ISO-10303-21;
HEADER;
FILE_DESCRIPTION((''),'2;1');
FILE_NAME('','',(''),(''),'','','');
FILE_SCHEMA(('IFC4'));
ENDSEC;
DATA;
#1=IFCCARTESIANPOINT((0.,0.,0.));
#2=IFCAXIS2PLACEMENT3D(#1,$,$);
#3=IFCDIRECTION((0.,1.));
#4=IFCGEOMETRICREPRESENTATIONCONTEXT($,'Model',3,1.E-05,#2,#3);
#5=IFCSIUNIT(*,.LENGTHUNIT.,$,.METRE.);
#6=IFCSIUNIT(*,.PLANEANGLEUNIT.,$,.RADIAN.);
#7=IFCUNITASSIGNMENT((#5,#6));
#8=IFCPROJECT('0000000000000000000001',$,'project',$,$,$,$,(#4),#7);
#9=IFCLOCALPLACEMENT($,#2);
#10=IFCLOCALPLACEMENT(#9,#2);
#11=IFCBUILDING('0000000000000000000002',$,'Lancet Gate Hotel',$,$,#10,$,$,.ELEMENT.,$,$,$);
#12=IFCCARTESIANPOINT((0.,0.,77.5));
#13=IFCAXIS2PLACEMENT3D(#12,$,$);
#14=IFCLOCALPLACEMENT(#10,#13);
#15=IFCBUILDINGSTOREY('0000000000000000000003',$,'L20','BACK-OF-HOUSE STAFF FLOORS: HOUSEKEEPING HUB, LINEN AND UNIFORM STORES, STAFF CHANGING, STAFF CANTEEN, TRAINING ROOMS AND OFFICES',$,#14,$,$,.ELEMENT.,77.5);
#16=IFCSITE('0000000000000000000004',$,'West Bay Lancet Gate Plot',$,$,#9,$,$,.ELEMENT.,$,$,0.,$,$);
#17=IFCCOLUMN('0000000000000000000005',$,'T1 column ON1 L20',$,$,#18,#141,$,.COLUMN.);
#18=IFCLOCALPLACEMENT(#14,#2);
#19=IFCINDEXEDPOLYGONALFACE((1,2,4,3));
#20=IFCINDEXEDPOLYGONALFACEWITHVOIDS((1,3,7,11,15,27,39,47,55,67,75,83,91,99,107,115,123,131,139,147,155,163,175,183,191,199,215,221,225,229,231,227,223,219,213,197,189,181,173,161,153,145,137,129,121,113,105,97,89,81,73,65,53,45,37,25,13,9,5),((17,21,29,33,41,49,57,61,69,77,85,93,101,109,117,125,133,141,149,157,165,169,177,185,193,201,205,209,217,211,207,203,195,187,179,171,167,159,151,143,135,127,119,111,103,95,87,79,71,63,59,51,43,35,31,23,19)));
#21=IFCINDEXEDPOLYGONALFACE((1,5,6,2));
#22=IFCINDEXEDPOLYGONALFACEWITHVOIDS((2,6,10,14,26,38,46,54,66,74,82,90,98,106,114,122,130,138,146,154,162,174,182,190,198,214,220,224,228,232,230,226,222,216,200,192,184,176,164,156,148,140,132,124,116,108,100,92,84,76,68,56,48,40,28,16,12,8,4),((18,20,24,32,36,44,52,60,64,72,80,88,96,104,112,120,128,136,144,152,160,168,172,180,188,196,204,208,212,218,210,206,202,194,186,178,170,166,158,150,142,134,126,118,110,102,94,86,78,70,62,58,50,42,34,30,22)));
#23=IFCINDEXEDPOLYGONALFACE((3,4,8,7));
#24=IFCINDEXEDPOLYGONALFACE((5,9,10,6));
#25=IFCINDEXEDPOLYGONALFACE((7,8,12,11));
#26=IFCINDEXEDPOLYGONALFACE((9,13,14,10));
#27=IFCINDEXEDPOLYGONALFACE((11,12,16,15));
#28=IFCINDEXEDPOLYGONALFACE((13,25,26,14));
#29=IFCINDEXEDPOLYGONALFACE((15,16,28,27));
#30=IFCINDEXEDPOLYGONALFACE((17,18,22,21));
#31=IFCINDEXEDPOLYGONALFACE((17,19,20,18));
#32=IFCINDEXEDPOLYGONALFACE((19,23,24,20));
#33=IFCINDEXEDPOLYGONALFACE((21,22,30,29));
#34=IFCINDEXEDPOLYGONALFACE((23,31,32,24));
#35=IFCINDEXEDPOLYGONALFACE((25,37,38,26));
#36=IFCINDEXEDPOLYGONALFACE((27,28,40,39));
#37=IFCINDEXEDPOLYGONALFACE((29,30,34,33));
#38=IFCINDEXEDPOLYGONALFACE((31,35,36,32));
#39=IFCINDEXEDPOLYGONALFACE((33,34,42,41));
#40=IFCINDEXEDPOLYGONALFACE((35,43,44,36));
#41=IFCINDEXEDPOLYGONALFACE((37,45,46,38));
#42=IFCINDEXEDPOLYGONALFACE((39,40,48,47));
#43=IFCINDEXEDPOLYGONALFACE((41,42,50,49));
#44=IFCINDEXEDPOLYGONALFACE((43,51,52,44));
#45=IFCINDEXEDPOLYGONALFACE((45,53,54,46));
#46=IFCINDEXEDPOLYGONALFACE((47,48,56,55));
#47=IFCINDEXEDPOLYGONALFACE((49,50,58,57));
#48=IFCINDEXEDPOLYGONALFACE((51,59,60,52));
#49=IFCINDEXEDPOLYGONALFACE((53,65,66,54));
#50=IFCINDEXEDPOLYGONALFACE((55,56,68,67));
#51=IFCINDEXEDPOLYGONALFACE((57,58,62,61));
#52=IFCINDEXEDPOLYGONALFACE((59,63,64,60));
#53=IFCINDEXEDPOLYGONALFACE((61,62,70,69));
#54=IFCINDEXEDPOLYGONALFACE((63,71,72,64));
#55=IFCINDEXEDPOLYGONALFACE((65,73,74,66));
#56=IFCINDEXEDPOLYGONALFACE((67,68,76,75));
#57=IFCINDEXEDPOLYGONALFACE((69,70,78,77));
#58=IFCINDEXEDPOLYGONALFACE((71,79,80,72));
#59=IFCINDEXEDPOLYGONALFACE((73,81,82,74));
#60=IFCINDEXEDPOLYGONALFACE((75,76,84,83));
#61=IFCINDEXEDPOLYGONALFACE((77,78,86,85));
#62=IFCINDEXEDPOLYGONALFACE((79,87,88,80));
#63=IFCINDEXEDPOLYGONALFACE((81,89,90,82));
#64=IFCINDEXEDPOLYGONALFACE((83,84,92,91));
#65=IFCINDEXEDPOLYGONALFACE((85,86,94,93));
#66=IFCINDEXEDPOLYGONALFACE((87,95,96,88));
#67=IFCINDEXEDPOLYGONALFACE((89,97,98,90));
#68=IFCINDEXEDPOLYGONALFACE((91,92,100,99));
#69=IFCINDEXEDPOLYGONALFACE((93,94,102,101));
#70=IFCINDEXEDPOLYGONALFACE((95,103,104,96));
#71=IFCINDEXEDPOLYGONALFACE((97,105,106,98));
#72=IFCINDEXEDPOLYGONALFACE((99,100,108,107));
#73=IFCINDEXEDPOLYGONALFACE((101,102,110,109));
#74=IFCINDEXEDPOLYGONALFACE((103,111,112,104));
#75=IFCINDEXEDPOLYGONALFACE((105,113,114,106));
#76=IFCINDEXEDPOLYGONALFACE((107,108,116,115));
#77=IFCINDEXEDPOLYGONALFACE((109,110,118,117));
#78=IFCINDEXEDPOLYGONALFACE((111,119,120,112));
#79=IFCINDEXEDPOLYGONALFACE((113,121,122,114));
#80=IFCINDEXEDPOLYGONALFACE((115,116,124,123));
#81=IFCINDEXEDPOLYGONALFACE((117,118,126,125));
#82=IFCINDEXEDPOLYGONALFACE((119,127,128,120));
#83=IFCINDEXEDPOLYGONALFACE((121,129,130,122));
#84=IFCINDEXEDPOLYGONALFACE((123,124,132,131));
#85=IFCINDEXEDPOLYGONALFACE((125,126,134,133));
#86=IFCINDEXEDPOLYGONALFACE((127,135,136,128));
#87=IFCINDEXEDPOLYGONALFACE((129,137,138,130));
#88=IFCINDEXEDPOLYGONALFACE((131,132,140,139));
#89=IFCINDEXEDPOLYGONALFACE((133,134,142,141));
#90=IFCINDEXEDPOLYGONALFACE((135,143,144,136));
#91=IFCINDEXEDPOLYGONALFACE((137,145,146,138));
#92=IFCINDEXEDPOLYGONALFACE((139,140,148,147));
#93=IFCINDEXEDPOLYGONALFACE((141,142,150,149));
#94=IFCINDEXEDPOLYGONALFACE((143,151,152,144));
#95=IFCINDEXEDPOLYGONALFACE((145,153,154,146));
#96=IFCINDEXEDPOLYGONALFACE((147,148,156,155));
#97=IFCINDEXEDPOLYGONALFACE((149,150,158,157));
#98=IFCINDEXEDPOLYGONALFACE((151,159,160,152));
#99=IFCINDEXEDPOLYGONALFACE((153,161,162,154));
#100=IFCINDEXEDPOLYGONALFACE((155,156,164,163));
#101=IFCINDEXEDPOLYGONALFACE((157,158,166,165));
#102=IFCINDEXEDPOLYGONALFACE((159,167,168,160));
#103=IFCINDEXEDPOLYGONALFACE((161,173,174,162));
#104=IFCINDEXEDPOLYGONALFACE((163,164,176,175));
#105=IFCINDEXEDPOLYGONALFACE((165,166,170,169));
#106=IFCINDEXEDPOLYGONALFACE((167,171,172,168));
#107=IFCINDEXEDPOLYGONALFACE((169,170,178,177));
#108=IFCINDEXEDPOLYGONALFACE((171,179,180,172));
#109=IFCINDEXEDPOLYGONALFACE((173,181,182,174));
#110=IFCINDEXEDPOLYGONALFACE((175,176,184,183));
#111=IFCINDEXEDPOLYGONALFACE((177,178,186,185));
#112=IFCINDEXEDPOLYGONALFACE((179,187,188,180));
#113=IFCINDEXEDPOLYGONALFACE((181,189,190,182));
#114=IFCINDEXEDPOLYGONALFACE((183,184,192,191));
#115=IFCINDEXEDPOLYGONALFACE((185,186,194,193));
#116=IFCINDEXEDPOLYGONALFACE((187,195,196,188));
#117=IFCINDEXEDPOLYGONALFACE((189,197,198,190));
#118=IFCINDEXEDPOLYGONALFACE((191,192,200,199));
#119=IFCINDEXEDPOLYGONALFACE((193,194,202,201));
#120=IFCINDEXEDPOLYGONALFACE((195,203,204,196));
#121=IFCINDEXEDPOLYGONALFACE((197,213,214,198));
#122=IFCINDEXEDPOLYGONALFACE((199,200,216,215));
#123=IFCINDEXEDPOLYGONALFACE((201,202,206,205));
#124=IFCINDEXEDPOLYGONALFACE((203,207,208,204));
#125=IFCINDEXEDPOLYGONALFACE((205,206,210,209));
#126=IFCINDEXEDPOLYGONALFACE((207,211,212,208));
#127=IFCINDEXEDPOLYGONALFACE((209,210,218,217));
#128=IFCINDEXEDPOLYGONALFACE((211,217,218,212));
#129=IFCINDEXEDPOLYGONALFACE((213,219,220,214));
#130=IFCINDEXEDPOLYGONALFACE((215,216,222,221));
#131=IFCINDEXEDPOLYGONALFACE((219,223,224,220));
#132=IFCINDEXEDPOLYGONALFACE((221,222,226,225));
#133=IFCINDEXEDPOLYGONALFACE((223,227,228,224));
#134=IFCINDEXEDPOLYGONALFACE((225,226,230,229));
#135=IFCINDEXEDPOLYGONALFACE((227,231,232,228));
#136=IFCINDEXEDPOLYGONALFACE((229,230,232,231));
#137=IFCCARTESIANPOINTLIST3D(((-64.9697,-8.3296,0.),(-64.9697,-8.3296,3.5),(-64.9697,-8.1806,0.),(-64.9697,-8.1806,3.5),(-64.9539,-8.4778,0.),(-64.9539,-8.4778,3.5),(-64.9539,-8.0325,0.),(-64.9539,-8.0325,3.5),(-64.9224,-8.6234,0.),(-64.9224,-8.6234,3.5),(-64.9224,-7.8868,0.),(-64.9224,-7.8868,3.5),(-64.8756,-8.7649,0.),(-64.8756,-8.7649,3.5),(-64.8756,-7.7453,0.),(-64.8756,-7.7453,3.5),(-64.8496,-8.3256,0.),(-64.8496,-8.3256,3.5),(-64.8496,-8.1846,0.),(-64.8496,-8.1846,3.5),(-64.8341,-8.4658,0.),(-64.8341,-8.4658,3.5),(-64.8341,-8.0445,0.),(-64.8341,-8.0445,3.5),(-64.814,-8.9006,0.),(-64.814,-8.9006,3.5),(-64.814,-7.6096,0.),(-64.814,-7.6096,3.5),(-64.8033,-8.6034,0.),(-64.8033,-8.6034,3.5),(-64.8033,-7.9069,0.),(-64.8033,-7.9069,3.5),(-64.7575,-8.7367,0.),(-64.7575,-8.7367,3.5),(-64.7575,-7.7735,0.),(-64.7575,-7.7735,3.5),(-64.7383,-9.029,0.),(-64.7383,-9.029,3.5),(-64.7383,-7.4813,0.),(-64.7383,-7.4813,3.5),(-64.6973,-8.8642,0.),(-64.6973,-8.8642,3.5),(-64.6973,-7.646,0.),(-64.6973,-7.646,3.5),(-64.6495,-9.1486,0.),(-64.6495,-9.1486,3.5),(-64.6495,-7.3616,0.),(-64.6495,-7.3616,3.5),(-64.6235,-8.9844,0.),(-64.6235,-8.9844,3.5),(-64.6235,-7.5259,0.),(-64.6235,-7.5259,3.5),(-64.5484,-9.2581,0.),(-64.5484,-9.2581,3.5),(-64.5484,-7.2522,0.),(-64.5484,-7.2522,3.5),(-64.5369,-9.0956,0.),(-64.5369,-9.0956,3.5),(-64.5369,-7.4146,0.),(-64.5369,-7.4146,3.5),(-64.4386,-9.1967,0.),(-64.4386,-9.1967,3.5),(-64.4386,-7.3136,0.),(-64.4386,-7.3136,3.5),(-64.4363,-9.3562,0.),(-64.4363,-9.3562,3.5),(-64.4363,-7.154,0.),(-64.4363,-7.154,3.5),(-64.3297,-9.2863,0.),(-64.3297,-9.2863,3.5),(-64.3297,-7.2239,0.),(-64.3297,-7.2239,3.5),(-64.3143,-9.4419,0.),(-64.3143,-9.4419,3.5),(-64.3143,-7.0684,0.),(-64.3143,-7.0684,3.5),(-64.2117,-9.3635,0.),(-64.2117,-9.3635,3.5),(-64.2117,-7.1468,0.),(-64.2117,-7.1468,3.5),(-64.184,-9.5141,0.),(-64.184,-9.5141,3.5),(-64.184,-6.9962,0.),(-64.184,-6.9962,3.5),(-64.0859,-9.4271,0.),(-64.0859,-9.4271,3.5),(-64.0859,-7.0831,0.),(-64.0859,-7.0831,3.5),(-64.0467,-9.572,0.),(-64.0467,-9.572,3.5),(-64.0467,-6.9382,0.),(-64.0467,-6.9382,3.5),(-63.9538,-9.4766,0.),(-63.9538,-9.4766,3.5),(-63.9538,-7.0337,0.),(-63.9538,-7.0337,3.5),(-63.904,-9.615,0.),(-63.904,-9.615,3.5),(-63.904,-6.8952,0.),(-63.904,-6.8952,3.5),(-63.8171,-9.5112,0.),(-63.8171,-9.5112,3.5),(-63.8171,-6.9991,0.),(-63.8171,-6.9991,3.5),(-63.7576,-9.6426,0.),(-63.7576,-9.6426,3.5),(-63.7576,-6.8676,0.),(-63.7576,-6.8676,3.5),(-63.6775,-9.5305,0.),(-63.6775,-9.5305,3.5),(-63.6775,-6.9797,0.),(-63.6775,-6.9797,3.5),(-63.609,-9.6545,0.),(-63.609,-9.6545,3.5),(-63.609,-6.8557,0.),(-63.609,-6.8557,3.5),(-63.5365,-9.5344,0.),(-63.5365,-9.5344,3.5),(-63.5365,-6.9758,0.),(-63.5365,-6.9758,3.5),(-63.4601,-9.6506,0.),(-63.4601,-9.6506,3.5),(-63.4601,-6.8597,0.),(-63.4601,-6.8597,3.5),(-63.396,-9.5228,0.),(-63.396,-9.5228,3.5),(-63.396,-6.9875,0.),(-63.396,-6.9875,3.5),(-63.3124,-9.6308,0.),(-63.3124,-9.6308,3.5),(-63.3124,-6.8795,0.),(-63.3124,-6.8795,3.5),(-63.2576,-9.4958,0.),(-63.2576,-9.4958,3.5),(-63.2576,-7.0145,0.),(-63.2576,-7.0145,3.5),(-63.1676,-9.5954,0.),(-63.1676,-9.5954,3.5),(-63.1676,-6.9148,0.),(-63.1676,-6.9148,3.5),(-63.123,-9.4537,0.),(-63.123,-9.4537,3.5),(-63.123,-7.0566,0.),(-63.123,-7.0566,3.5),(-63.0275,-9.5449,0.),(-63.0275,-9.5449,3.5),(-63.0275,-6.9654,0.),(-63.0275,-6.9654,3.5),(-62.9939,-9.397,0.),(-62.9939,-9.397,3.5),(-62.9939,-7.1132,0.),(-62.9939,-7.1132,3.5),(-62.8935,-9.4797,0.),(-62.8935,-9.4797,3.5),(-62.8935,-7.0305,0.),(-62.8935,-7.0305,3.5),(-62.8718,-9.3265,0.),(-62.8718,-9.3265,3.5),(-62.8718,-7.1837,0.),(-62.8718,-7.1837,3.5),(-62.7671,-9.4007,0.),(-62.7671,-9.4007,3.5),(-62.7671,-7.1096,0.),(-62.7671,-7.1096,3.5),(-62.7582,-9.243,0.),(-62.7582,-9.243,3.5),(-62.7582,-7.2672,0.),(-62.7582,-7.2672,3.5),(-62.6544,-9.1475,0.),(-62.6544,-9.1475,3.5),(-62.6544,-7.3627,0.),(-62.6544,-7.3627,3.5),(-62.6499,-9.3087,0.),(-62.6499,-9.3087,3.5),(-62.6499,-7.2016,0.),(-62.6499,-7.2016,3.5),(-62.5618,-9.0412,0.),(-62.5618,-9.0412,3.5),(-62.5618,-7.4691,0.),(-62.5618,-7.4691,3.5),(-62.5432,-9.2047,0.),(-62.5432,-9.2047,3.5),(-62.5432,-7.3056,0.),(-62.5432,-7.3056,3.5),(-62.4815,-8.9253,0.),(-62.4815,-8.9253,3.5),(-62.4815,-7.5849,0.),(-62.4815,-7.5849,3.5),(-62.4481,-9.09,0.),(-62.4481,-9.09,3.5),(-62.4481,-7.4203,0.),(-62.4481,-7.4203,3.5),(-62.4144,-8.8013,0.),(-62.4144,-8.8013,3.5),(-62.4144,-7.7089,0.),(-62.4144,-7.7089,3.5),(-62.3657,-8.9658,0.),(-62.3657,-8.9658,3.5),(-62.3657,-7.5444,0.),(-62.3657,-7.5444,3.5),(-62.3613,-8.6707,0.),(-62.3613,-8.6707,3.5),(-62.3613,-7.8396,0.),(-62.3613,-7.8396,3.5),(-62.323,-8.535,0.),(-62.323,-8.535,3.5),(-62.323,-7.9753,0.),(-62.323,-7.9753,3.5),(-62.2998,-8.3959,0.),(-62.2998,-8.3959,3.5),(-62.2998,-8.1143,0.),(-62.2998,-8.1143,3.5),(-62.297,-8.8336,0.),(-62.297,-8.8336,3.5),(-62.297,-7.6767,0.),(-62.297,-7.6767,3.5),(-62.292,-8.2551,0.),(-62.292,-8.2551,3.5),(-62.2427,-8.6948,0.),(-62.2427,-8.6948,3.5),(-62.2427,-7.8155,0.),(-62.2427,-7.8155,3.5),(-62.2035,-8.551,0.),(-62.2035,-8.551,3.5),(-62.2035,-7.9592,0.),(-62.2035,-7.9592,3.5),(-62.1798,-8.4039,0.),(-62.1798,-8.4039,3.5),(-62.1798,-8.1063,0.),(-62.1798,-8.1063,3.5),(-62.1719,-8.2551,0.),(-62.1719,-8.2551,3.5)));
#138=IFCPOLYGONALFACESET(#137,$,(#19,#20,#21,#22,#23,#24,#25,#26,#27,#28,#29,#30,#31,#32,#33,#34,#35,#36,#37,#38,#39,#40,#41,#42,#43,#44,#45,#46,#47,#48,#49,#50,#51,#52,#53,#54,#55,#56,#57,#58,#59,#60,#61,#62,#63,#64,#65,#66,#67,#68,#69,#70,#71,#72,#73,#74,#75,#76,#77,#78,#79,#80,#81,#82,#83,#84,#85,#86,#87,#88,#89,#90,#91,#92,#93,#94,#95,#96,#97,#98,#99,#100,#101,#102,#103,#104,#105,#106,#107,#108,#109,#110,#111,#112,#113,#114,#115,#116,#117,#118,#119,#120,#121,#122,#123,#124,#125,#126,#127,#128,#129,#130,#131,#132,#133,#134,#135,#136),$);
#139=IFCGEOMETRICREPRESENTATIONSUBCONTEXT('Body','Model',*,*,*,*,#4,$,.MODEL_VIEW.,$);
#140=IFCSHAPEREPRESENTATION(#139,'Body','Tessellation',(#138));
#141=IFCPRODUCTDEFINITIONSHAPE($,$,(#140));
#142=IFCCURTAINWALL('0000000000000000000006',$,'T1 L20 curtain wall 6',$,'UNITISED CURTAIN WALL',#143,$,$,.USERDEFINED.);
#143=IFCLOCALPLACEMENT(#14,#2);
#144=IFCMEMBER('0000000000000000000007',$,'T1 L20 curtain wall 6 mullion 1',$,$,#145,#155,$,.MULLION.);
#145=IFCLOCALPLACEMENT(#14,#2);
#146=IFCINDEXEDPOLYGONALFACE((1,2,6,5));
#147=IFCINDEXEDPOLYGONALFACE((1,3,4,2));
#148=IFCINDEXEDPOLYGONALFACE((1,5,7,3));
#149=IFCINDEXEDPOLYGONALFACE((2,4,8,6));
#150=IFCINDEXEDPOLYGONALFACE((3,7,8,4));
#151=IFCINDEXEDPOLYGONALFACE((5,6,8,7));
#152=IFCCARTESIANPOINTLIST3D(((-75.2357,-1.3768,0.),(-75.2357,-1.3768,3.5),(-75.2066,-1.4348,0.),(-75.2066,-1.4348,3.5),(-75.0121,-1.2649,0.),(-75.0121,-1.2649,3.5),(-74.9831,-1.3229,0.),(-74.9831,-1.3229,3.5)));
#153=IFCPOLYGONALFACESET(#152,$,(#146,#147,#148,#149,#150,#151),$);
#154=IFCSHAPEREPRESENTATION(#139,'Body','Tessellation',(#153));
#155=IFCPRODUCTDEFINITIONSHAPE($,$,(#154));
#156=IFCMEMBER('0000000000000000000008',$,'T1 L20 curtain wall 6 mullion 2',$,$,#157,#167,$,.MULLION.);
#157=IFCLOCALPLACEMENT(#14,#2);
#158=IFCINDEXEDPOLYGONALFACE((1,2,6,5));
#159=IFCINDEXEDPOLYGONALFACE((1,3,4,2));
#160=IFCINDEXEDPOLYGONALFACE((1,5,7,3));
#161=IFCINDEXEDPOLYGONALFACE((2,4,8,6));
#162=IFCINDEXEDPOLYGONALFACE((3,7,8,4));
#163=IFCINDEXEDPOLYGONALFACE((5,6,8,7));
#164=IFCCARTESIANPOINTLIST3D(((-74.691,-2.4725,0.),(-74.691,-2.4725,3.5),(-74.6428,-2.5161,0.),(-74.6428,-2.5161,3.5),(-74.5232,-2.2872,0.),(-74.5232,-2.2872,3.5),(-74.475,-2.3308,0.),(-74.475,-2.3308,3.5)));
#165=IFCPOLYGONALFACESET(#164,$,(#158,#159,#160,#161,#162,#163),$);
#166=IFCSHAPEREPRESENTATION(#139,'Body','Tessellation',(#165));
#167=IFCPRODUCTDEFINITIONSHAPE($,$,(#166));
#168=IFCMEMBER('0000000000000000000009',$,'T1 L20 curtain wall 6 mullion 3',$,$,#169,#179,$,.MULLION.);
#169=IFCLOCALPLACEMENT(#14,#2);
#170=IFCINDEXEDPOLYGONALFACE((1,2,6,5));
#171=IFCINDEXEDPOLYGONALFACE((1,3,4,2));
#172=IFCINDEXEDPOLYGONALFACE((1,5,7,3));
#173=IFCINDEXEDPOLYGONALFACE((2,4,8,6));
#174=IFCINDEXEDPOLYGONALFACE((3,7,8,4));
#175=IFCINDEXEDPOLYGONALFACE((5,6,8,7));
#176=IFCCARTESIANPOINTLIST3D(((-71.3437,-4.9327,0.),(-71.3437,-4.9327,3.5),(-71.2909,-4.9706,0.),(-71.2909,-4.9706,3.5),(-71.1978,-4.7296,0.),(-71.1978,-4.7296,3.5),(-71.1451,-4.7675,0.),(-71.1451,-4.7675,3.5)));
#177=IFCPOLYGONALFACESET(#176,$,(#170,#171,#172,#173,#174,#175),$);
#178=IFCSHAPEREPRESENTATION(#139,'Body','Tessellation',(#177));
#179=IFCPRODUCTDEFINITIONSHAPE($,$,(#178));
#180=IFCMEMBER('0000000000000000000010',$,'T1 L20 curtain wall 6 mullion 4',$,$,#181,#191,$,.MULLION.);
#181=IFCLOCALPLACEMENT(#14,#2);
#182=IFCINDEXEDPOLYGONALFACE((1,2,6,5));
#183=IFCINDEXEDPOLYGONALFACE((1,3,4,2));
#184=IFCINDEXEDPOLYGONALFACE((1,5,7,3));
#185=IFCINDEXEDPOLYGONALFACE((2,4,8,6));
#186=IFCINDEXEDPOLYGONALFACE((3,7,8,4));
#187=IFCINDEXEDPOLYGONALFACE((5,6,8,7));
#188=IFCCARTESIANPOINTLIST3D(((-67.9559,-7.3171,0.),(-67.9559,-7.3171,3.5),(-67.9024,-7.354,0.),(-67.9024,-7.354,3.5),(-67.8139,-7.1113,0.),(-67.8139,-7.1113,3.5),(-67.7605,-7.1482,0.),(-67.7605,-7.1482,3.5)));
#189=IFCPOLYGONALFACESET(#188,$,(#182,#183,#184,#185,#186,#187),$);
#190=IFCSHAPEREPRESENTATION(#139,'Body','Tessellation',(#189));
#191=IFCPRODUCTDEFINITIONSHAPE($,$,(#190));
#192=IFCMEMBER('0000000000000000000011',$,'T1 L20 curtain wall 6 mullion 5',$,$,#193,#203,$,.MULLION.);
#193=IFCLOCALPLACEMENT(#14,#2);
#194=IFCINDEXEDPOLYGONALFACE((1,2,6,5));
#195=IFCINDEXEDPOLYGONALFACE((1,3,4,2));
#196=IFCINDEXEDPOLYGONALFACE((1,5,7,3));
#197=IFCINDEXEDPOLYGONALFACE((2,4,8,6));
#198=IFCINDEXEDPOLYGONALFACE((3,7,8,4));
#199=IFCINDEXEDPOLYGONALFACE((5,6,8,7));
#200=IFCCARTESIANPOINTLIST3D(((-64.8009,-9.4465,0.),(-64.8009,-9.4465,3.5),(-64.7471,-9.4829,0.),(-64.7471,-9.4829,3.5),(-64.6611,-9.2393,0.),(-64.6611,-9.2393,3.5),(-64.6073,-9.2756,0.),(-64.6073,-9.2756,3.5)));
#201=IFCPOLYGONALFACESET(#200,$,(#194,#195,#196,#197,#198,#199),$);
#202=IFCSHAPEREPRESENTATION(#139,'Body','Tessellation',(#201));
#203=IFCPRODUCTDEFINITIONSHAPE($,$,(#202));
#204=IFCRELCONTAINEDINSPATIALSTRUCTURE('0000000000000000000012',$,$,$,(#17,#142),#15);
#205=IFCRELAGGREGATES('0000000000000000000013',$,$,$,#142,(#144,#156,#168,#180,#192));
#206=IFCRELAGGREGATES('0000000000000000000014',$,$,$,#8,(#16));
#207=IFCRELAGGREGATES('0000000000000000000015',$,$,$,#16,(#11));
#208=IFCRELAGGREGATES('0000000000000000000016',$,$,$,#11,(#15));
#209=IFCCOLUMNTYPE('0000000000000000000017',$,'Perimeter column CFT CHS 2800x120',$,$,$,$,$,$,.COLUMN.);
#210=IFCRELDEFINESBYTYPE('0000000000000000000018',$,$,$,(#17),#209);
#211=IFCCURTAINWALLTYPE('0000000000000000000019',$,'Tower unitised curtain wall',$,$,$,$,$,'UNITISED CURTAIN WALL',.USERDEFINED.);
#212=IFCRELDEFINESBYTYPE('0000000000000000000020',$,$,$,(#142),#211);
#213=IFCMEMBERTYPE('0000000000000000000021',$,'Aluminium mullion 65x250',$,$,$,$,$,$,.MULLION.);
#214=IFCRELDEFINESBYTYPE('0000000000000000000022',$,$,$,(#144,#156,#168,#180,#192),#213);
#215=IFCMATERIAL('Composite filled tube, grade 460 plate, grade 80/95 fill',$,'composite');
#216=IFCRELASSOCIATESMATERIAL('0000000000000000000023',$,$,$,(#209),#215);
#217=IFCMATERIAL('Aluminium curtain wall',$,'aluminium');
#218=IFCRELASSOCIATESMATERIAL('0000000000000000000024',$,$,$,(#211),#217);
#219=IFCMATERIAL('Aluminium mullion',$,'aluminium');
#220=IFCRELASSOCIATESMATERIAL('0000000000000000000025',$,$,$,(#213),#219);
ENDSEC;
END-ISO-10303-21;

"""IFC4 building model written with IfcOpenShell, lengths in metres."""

from ifc_helpers import new_model, si_unit, direction, frame, origin, origin_2d, place, context, subcontext, project, spatial, rectangle, hollow_circle, extrude, material, material_profile, profile_set, type_object, element, aggregate, save


model = new_model("IFC4")

# Units and contexts
model_context = context("Model", 3, precision=1e-05, world=origin(), true_north=direction((0.0, 1.0)))
body_context = subcontext(model_context, "Body", "Model", "MODEL_VIEW")
ifc_project = project(units=[si_unit("LENGTHUNIT", "METRE"), si_unit("PLANEANGLEUNIT", "RADIAN")], contexts=[model_context])

# Site, building, storey
site_placement = place(None, origin())
site = spatial("IfcSite", under=ifc_project, at=site_placement, Name="West Bay Lancet Gate Plot", CompositionType="ELEMENT", RefElevation=0.0)
building_placement = place(site_placement, origin())
building = spatial("IfcBuilding", under=site, at=building_placement, Name="Lancet Gate Hotel", CompositionType="ELEMENT")
storey_placement = place(building_placement, frame((0.0, 0.0, 77.5)))
storey = spatial("IfcBuildingStorey", under=building, at=storey_placement, Name="L20", Description="BACK-OF-HOUSE STAFF FLOORS: HOUSEKEEPING HUB, LINEN AND UNIFORM STORES, STAFF CHANGING, STAFF CANTEEN, TRAINING ROOMS AND OFFICES", CompositionType="ELEMENT", Elevation=77.5)

# Column
ifc_material_1 = material(Name="Composite filled tube, grade 460 plate, grade 80/95 fill", Category="composite")
ifc_material_profile_1 = material_profile(ifc_material_1, hollow_circle(Radius=1.3999, WallThickness=0.1201, at=origin_2d()), Name="CHS 2800x120")
ifc_profile_set_1 = profile_set([ifc_material_profile_1], Name="Composite filled tube, grade 460 plate, grade 80/95 fill")
column_type_1 = type_object("IfcColumnType", Name="Perimeter column CFT CHS 2800x120", PredefinedType="COLUMN", material=ifc_profile_set_1)
column_1_placement = place(storey_placement, frame((-63.5718, -8.2551, 0.0), z_axis=(0.0, 0.0, 1.0), x_axis=(1.0, 0.0, 0.0)))
element("IfcColumn", 1, at=column_1_placement, inside=storey, type_object=column_type_1, Name="T1 column ON1 L20", PredefinedType="COLUMN", context=body_context, shape_type="SweptSolid", body=[
    extrude(hollow_circle(Radius=1.3999, WallThickness=0.1201, at=origin_2d()), origin(), (0.0, 0.0, 1.0), 3.5),
])

# Curtain wall, members
ifc_material_2 = material(Name="Aluminium curtain wall", Category="aluminium")
curtain_wall_type = type_object("IfcCurtainWallType", Name="Tower unitised curtain wall", ElementType="UNITISED CURTAIN WALL", PredefinedType="USERDEFINED", material=ifc_material_2)
curtain_wall_1_placement = place(storey_placement, origin())
curtain_wall_1 = element("IfcCurtainWall", 2, at=curtain_wall_1_placement, inside=storey, type_object=curtain_wall_type, Name="T1 L20 curtain wall 6", ObjectType="UNITISED CURTAIN WALL", PredefinedType="USERDEFINED")
ifc_material_3 = material(Name="Aluminium mullion", Category="aluminium")
ifc_material_profile_2 = material_profile(ifc_material_3, rectangle(XDim=0.0649, YDim=0.25, at=origin_2d()), Name="MULLION 65x250")
ifc_profile_set_2 = profile_set([ifc_material_profile_2], Name="Aluminium mullion")
member_type_1 = type_object("IfcMemberType", Name="Aluminium mullion 65x250", PredefinedType="MULLION", material=ifc_profile_set_2)
member_1_placement = place(storey_placement, frame((-75.1094, -1.3499, 0.0), z_axis=(0.0, 0.0, 1.0), x_axis=(0.447628, -0.89422, 0.0)))
member_1 = element("IfcMember", 3, at=member_1_placement, type_object=member_type_1, Name="T1 L20 curtain wall 6 mullion 1", PredefinedType="MULLION", context=body_context, shape_type="SweptSolid", body=[
    extrude(rectangle(XDim=0.0649, YDim=0.25, at=origin_2d()), origin(), (0.0, 0.0, 1.0), 3.5),
])
member_2_placement = place(storey_placement, frame((-74.583, -2.4016, 0.0), z_axis=(0.0, 0.0, 1.0), x_axis=(0.741232, -0.671249, 0.0)))
member_2 = element("IfcMember", 4, at=member_2_placement, type_object=member_type_1, Name="T1 L20 curtain wall 6 mullion 2", PredefinedType="MULLION", context=body_context, shape_type="SweptSolid", body=[
    extrude(rectangle(XDim=0.0649, YDim=0.25, at=origin_2d()), origin(), (0.0, 0.0, 1.0), 3.5),
])
member_3_placement = place(storey_placement, frame((-71.2444, -4.8501, 0.0), z_axis=(0.0, 0.0, 1.0), x_axis=(0.812147, -0.583453, 0.0)))
member_3 = element("IfcMember", 5, at=member_3_placement, type_object=member_type_1, Name="T1 L20 curtain wall 6 mullion 3", PredefinedType="MULLION", context=body_context, shape_type="SweptSolid", body=[
    extrude(rectangle(XDim=0.0649, YDim=0.25, at=origin_2d()), origin(), (0.0, 0.0, 1.0), 3.5),
])
member_4_placement = place(storey_placement, frame((-67.8582, -7.2327, 0.0), z_axis=(0.0, 0.0, 1.0), x_axis=(0.823191, -0.567765, 0.0)))
member_4 = element("IfcMember", 6, at=member_4_placement, type_object=member_type_1, Name="T1 L20 curtain wall 6 mullion 4", PredefinedType="MULLION", context=body_context, shape_type="SweptSolid", body=[
    extrude(rectangle(XDim=0.0649, YDim=0.25, at=origin_2d()), origin(), (0.0, 0.0, 1.0), 3.5),
])
member_5_placement = place(storey_placement, frame((-64.7041, -9.3611, 0.0), z_axis=(0.0, 0.0, 1.0), x_axis=(0.828946, -0.559329, 0.0)))
member_5 = element("IfcMember", 7, at=member_5_placement, type_object=member_type_1, Name="T1 L20 curtain wall 6 mullion 5", PredefinedType="MULLION", context=body_context, shape_type="SweptSolid", body=[
    extrude(rectangle(XDim=0.0649, YDim=0.25, at=origin_2d()), origin(), (0.0, 0.0, 1.0), 3.5),
])

aggregate(curtain_wall_1, [member_1, member_2, member_3, member_4, member_5])

save(model, "model.ifc")
